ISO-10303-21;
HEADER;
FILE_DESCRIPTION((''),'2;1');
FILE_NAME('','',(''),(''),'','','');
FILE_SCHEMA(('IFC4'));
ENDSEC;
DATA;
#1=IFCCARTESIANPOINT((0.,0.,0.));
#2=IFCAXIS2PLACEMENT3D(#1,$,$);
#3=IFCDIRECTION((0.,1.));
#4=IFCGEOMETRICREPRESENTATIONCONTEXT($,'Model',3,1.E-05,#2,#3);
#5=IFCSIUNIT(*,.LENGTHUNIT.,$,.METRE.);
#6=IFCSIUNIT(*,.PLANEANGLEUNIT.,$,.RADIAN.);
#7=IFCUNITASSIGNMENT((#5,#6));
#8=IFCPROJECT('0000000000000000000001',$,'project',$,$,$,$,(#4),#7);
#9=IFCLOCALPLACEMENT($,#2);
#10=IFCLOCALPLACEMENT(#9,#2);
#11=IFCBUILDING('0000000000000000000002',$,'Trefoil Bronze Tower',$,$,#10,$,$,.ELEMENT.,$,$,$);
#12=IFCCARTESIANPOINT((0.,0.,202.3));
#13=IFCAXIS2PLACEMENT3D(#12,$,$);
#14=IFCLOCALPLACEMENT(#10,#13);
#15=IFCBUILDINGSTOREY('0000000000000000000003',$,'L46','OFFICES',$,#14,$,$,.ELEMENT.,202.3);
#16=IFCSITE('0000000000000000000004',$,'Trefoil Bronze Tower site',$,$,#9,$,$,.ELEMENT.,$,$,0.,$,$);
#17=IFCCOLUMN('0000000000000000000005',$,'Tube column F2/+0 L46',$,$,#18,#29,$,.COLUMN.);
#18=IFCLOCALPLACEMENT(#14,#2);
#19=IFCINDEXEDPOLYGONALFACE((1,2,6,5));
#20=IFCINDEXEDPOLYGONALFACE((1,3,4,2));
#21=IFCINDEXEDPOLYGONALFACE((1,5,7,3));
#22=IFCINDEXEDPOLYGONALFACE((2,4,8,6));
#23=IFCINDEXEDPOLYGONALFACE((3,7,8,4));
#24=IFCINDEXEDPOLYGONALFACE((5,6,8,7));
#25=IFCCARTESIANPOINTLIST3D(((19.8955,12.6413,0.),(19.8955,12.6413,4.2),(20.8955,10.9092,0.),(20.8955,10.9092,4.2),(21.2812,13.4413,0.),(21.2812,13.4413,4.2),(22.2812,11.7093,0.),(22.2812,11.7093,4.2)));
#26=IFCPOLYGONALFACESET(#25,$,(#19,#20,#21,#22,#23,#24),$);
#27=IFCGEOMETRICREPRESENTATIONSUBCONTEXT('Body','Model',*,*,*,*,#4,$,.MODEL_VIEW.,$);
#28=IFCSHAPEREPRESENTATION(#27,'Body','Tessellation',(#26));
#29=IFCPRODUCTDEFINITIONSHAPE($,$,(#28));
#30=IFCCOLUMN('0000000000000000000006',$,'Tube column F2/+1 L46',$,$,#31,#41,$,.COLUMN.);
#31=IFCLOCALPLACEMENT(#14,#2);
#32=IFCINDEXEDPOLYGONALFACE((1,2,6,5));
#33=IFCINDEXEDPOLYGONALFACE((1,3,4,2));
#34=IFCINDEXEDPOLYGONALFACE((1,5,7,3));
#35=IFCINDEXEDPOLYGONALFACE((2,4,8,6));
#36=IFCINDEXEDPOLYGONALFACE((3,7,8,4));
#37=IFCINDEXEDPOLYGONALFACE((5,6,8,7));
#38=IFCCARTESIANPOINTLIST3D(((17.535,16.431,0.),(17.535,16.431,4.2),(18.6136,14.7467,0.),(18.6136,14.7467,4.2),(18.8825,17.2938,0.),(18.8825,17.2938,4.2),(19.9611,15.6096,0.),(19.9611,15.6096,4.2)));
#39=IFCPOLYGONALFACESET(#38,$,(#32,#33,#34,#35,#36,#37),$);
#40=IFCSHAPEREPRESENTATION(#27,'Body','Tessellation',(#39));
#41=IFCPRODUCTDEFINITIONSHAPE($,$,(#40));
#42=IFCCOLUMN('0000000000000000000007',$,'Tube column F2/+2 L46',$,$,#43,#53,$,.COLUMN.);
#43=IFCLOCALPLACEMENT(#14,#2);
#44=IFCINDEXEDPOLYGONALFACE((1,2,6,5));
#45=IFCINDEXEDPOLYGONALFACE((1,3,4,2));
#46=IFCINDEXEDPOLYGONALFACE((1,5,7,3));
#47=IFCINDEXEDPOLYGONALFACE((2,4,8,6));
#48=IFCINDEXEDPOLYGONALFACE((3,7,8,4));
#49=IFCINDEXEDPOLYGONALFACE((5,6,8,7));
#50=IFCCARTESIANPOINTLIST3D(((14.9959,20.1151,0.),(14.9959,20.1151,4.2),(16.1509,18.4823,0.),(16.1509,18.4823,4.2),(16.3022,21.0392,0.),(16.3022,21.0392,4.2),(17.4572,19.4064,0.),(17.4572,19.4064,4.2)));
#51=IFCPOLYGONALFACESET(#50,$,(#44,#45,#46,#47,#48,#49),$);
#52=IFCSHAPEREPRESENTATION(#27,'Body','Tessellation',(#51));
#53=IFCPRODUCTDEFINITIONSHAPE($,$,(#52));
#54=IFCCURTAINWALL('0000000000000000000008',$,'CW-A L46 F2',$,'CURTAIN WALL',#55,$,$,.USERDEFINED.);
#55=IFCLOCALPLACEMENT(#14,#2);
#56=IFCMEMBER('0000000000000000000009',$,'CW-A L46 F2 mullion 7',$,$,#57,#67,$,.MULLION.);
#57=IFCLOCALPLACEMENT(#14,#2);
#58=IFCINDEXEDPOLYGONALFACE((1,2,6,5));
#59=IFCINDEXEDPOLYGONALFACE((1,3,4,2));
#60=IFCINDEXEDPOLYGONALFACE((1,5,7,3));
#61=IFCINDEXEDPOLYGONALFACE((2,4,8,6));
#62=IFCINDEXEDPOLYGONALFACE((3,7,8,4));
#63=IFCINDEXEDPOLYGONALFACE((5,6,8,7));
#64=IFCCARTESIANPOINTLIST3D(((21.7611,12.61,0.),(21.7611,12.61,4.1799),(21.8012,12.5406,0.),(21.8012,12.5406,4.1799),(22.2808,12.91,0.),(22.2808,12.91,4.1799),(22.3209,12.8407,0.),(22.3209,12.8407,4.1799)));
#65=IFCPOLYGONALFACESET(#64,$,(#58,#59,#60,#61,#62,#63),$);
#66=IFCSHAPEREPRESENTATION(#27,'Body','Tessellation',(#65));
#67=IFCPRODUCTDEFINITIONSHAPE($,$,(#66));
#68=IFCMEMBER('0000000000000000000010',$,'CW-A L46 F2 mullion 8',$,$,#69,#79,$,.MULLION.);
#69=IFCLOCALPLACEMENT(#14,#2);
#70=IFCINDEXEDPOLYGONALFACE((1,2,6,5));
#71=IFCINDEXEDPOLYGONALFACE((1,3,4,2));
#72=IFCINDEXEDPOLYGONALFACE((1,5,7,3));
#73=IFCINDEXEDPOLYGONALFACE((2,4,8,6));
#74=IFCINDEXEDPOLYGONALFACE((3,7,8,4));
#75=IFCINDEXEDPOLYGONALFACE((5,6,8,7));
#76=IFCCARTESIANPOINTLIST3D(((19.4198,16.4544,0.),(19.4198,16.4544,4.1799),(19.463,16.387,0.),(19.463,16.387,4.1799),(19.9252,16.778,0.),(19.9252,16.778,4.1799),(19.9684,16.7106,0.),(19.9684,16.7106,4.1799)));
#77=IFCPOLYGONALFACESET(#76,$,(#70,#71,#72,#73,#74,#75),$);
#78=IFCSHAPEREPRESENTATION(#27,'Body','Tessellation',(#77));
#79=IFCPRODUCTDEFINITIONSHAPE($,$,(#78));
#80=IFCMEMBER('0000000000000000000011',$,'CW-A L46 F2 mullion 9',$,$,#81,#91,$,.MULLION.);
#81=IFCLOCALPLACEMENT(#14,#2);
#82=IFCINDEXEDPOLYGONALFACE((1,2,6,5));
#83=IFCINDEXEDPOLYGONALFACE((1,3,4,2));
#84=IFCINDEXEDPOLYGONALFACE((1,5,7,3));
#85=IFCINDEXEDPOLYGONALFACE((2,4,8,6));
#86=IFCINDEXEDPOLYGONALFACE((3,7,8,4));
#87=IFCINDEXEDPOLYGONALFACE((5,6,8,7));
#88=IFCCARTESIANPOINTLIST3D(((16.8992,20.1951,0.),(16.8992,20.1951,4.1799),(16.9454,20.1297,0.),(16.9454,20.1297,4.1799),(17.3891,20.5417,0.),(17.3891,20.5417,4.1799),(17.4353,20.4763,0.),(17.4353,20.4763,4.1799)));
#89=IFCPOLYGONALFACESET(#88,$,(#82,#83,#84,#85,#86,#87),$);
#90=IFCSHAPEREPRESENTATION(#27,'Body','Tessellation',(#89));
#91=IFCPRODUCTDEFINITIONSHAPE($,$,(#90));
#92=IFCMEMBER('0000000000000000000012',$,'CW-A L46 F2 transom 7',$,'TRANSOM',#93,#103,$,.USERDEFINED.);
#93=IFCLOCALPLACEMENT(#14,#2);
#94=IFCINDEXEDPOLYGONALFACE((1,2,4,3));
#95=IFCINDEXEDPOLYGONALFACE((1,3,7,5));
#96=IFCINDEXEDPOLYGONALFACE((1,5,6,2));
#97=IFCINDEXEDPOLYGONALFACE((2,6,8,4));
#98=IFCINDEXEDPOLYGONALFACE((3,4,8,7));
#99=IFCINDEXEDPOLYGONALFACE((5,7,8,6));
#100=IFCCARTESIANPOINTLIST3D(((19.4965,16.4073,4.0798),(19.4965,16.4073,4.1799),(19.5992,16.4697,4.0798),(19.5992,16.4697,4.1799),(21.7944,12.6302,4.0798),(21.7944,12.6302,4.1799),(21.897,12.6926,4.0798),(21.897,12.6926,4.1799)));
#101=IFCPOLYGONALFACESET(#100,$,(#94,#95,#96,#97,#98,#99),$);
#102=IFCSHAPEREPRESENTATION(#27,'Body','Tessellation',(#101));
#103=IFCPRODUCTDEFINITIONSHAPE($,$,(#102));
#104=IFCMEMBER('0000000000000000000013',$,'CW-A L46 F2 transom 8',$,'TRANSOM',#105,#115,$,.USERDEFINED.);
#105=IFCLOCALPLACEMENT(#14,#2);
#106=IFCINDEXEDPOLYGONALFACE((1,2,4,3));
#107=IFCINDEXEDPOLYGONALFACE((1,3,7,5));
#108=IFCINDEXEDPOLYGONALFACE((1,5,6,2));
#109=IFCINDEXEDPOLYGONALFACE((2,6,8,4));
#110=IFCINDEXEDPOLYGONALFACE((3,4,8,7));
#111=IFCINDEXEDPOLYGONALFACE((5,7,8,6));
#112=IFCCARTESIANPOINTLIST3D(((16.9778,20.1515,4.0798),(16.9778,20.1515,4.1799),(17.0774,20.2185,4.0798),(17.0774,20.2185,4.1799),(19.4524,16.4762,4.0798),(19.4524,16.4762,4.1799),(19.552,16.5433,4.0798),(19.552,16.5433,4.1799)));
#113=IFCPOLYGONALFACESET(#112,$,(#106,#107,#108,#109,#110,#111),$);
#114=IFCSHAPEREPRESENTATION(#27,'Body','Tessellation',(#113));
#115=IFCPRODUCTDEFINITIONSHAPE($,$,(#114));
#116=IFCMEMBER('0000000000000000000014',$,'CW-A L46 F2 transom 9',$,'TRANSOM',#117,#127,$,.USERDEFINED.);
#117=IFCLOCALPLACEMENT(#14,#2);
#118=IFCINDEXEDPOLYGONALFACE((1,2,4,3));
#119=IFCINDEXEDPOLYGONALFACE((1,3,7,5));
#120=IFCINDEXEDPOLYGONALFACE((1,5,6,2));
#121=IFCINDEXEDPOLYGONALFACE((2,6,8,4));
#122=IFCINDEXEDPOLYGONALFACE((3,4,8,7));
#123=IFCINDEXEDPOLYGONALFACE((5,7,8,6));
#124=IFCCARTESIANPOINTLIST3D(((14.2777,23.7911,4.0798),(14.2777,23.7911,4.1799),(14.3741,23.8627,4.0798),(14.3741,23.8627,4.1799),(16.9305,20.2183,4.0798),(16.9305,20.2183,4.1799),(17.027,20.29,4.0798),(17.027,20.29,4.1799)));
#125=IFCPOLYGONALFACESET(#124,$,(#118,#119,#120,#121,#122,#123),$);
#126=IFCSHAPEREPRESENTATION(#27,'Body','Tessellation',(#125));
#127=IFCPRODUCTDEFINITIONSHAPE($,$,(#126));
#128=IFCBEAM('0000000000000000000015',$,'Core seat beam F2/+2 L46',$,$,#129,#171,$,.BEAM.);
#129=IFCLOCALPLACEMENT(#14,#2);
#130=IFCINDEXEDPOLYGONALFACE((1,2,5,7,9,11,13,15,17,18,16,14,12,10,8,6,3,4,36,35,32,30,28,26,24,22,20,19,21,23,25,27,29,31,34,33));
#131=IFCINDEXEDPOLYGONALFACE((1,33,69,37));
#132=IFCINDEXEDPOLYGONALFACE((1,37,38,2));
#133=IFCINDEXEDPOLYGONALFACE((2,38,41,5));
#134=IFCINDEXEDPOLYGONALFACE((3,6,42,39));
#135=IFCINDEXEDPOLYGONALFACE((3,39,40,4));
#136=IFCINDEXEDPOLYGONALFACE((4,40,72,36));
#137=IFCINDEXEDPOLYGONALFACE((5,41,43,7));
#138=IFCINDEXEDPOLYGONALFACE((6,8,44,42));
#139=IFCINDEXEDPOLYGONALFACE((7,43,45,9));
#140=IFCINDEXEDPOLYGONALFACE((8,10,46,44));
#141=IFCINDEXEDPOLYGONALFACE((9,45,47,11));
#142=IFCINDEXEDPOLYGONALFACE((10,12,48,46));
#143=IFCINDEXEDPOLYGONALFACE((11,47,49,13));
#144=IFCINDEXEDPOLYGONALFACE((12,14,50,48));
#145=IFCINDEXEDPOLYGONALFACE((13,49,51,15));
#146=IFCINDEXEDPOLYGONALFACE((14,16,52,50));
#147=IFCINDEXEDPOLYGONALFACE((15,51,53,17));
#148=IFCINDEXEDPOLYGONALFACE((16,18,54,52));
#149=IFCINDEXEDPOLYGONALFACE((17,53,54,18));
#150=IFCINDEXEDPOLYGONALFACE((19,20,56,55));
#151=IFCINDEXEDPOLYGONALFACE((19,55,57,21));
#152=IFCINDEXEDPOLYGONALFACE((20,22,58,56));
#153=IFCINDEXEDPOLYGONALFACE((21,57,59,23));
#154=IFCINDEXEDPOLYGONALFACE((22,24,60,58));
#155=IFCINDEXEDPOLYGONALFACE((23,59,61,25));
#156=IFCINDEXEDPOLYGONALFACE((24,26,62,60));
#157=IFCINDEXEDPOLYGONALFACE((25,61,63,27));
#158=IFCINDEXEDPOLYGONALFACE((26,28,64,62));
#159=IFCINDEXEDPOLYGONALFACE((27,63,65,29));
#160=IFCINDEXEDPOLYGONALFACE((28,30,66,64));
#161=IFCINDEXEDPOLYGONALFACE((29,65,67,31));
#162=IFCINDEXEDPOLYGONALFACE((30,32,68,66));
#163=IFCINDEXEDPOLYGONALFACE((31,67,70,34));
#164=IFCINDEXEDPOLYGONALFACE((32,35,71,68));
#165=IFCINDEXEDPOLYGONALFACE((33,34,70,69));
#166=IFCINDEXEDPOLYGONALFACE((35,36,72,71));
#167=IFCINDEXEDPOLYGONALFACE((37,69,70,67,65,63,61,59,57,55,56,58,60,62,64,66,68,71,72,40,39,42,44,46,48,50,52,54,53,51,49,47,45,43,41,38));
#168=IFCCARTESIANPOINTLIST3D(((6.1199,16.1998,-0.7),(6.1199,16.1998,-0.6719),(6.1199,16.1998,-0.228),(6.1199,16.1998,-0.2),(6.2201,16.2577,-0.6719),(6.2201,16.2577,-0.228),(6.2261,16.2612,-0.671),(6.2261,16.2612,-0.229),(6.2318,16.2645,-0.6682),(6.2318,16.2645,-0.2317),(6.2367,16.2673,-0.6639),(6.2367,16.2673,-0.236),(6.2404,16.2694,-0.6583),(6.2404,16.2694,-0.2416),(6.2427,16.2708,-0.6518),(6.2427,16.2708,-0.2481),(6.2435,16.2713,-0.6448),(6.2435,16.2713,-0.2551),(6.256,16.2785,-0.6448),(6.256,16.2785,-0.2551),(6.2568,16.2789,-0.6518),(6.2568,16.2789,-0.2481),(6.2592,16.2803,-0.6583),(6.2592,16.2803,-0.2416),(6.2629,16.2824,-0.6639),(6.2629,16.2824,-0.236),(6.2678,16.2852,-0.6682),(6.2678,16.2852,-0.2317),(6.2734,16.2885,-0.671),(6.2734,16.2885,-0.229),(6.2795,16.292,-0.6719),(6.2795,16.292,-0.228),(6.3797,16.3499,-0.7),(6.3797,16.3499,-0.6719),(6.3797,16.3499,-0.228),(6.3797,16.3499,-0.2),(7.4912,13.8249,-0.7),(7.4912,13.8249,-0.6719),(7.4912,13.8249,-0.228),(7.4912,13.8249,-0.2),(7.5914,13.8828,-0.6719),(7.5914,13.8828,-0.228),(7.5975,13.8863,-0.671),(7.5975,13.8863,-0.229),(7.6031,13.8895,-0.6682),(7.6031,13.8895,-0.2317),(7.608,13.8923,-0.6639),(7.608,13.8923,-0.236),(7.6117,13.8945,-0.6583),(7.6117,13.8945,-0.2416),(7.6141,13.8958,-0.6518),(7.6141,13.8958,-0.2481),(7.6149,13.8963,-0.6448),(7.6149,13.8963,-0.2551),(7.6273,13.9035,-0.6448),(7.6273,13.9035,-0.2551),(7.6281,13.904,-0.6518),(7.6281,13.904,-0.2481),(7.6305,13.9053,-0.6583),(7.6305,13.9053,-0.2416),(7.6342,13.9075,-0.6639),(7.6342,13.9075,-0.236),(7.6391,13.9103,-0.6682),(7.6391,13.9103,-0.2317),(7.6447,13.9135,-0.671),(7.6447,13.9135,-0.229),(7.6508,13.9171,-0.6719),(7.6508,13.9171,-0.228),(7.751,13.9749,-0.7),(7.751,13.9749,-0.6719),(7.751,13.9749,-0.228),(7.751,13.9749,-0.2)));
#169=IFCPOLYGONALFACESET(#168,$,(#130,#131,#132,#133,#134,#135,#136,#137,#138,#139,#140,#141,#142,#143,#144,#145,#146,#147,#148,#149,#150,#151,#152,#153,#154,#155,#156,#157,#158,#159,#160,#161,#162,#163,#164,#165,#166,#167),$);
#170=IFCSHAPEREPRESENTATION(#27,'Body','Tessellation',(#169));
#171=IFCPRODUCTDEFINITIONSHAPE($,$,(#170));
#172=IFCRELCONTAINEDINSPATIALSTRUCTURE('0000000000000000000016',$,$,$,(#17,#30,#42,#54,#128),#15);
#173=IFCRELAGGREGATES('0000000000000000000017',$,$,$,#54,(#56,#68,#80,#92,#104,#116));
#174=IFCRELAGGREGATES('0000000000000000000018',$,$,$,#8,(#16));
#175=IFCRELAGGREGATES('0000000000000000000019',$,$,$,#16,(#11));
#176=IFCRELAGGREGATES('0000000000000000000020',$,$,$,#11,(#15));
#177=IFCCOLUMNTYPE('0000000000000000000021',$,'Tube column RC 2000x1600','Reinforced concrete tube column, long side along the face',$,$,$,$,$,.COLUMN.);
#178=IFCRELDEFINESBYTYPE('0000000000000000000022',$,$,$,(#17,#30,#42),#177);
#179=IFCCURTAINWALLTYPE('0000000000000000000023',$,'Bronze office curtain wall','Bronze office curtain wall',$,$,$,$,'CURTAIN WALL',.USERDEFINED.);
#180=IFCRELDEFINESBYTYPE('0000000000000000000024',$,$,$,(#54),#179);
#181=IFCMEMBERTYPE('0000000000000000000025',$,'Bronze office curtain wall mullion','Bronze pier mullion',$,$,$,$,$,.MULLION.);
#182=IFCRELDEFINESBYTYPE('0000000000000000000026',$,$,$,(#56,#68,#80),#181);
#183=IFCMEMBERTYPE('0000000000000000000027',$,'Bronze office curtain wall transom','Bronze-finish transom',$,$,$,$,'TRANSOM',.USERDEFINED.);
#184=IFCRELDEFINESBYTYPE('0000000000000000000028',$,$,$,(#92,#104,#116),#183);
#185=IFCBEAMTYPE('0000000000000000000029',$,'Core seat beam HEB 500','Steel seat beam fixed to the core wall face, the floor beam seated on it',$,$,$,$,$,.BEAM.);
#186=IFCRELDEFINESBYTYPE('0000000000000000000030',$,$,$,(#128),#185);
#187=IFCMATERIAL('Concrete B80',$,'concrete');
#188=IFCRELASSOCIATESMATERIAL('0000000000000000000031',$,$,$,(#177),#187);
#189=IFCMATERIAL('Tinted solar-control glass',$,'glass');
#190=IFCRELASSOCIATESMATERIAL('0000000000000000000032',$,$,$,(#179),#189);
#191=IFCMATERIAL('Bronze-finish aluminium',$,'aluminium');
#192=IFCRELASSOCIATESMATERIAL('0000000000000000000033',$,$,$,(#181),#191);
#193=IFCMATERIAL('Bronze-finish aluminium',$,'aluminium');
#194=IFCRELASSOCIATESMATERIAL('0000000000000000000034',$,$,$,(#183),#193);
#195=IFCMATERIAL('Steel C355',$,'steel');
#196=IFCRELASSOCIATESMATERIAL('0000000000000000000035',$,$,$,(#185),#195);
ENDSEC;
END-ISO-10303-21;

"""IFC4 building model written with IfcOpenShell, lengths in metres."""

from ifc_helpers import new_model, si_unit, direction, frame, origin, origin_2d, place, context, subcontext, project, spatial, rectangle, i_section, extrude, material, material_profile, profile_set, type_object, element, aggregate, save


model = new_model("IFC4")

# Units and contexts
model_context = context("Model", 3, precision=1e-05, world=origin(), true_north=direction((0.0, 1.0)))
body_context = subcontext(model_context, "Body", "Model", "MODEL_VIEW")
ifc_project = project(units=[si_unit("LENGTHUNIT", "METRE"), si_unit("PLANEANGLEUNIT", "RADIAN")], contexts=[model_context])

# Site, building, storey
site_placement = place(None, origin())
site = spatial("IfcSite", under=ifc_project, at=site_placement, Name="Trefoil Bronze Tower site", CompositionType="ELEMENT", RefElevation=0.0)
building_placement = place(site_placement, origin())
building = spatial("IfcBuilding", under=site, at=building_placement, Name="Trefoil Bronze Tower", CompositionType="ELEMENT")
storey_placement = place(building_placement, frame((0.0, 0.0, 202.3)))
storey = spatial("IfcBuildingStorey", under=building, at=storey_placement, Name="L46", Description="OFFICES", CompositionType="ELEMENT", Elevation=202.3)

# Columns
ifc_material_1 = material(Name="Concrete B80", Category="concrete")
ifc_material_profile_1 = material_profile(ifc_material_1, rectangle(XDim=2.0, YDim=1.6001, at=origin_2d()), Name="RC 2000x1600")
ifc_profile_set_1 = profile_set([ifc_material_profile_1], Name="Concrete B80")
column_type = type_object("IfcColumnType", Name="Tube column RC 2000x1600", Description="Reinforced concrete tube column, long side along the face", PredefinedType="COLUMN", material=ifc_profile_set_1)
for number, where, z_axis, x_axis, name in (
    (1, (21.0884, 12.1753, 0.0), (0.0, 0.0, 1.0), (-0.5, 0.866025, 0.0), "Tube column F2/+0 L46"),
    (2, (18.748, 16.0203, 0.0), (0.0, 0.0, 1.0), (-0.53927, 0.842133, 0.0), "Tube column F2/+1 L46"),
    (3, (16.2266, 19.7607, 0.0), (0.0, 0.0, 1.0), (-0.577481, 0.816404, 0.0), "Tube column F2/+2 L46"),
):
    element("IfcColumn", number, at=place(storey_placement, frame(where, z_axis=z_axis, x_axis=x_axis)), inside=storey, type_object=column_type, Name=name, PredefinedType="COLUMN", context=body_context, shape_type="SweptSolid", body=[
        extrude(rectangle(XDim=2.0, YDim=1.6001, at=origin_2d()), origin(), (0.0, 0.0, 1.0), 4.2),
    ])

# Curtain wall, members
ifc_material_2 = material(Name="Tinted solar-control glass", Category="glass")
curtain_wall_type = type_object("IfcCurtainWallType", Name="Bronze office curtain wall", Description="Bronze office curtain wall", ElementType="CURTAIN WALL", PredefinedType="USERDEFINED", material=ifc_material_2)
curtain_wall_placement = place(storey_placement, origin())
curtain_wall = element("IfcCurtainWall", 4, at=curtain_wall_placement, inside=storey, type_object=curtain_wall_type, Name="CW-A L46 F2", ObjectType="CURTAIN WALL", PredefinedType="USERDEFINED")
ifc_material_3 = material(Name="Bronze-finish aluminium", Category="aluminium")
ifc_material_profile_2 = material_profile(ifc_material_3, rectangle(XDim=0.6001, YDim=0.0801, at=origin_2d()), Name="CW-A mullion")
ifc_profile_set_2 = profile_set([ifc_material_profile_2], Name="Bronze-finish aluminium")
member_type_1 = type_object("IfcMemberType", Name="Bronze office curtain wall mullion", Description="Bronze pier mullion", PredefinedType="MULLION", material=ifc_profile_set_2)
member_1_placement = place(storey_placement, frame((22.041, 12.7253, 0.0), z_axis=(0.0, 0.0, 1.0), x_axis=(-0.866025, -0.5, 0.0)))
member_1 = element("IfcMember", 5, at=member_1_placement, type_object=member_type_1, Name="CW-A L46 F2 mullion 7", PredefinedType="MULLION", context=body_context, shape_type="SweptSolid", body=[
    extrude(rectangle(XDim=0.6001, YDim=0.0801, at=origin_2d()), origin(), (0.0, 0.0, 1.0), 4.1799),
])
member_2_placement = place(storey_placement, frame((19.6941, 16.5825, 0.0), z_axis=(0.0, 0.0, 1.0), x_axis=(-0.842133, -0.53927, 0.0)))
member_2 = element("IfcMember", 6, at=member_2_placement, type_object=member_type_1, Name="CW-A L46 F2 mullion 8", PredefinedType="MULLION", context=body_context, shape_type="SweptSolid", body=[
    extrude(rectangle(XDim=0.6001, YDim=0.0801, at=origin_2d()), origin(), (0.0, 0.0, 1.0), 4.1799),
])
member_3_placement = place(storey_placement, frame((17.1672, 20.3357, 0.0), z_axis=(0.0, 0.0, 1.0), x_axis=(-0.816404, -0.577481, 0.0)))
member_3 = element("IfcMember", 7, at=member_3_placement, type_object=member_type_1, Name="CW-A L46 F2 mullion 9", PredefinedType="MULLION", context=body_context, shape_type="SweptSolid", body=[
    extrude(rectangle(XDim=0.6001, YDim=0.0801, at=origin_2d()), origin(), (0.0, 0.0, 1.0), 4.1799),
])
ifc_material_4 = material(Name="Bronze-finish aluminium", Category="aluminium")
ifc_material_profile_3 = material_profile(ifc_material_4, rectangle(XDim=0.1201, YDim=0.1001, at=origin_2d()), Name="CW-A transom")
ifc_profile_set_3 = profile_set([ifc_material_profile_3], Name="Bronze-finish aluminium")
member_type_2 = type_object("IfcMemberType", Name="Bronze office curtain wall transom", Description="Bronze-finish transom", ElementType="TRANSOM", PredefinedType="USERDEFINED", material=ifc_profile_set_3)
member_4_placement = place(storey_placement, frame((21.8457, 12.6614, 4.1299), z_axis=(-0.51974, 0.854324, 0.0), x_axis=(-0.854324, -0.51974, 0.0)))
member_4 = element("IfcMember", 8, at=member_4_placement, type_object=member_type_2, Name="CW-A L46 F2 transom 7", ObjectType="TRANSOM", PredefinedType="USERDEFINED", context=body_context, shape_type="SweptSolid", body=[
    extrude(rectangle(XDim=0.1201, YDim=0.1001, at=origin_2d()), origin(), (0.0, 0.0, 1.0), 4.4211),
])
member_5_placement = place(storey_placement, frame((19.5022, 16.5098, 4.1299), z_axis=(-0.558509, 0.829498, 0.0), x_axis=(-0.829498, -0.558509, 0.0)))
member_5 = element("IfcMember", 9, at=member_5_placement, type_object=member_type_2, Name="CW-A L46 F2 transom 8", ObjectType="TRANSOM", PredefinedType="USERDEFINED", context=body_context, shape_type="SweptSolid", body=[
    extrude(rectangle(XDim=0.1201, YDim=0.1001, at=origin_2d()), origin(), (0.0, 0.0, 1.0), 4.4307),
])
member_6_placement = place(storey_placement, frame((16.9788, 20.2542, 4.1299), z_axis=(-0.596148, 0.802874, 0.0), x_axis=(-0.802874, -0.596148, 0.0)))
member_6 = element("IfcMember", 10, at=member_6_placement, type_object=member_type_2, Name="CW-A L46 F2 transom 9", ObjectType="TRANSOM", PredefinedType="USERDEFINED", context=body_context, shape_type="SweptSolid", body=[
    extrude(rectangle(XDim=0.1201, YDim=0.1001, at=origin_2d()), origin(), (0.0, 0.0, 1.0), 4.45),
])

# Beam
ifc_material_5 = material(Name="Steel C355", Category="steel")
ifc_material_profile_4 = material_profile(ifc_material_5, i_section(OverallWidth=0.3, OverallDepth=0.5, WebThickness=0.0144, FlangeThickness=0.0281, FilletRadius=0.0271, at=origin_2d()), Name="HEB 500")
ifc_profile_set_4 = profile_set([ifc_material_profile_4], Name="Steel C355")
beam_type_1 = type_object("IfcBeamType", Name="Core seat beam HEB 500", Description="Steel seat beam fixed to the core wall face, the floor beam seated on it", PredefinedType="BEAM", material=ifc_profile_set_4)
beam_1_placement = place(storey_placement, frame((7.6211, 13.8999, -0.45), z_axis=(-0.500036, 0.866005, 0.0), x_axis=(-0.866005, -0.500036, 0.0)))
element("IfcBeam", 11, at=beam_1_placement, inside=storey, type_object=beam_type_1, Name="Core seat beam F2/+2 L46", PredefinedType="BEAM", context=body_context, shape_type="SweptSolid", body=[
    extrude(i_section(OverallWidth=0.3, OverallDepth=0.5, WebThickness=0.0144, FlangeThickness=0.0281, FilletRadius=0.0271, at=origin_2d()), origin(), (0.0, 0.0, 1.0), 2.7424),
])

aggregate(curtain_wall, [member_1, member_2, member_3, member_4, member_5, member_6])

save(model, "model.ifc")
